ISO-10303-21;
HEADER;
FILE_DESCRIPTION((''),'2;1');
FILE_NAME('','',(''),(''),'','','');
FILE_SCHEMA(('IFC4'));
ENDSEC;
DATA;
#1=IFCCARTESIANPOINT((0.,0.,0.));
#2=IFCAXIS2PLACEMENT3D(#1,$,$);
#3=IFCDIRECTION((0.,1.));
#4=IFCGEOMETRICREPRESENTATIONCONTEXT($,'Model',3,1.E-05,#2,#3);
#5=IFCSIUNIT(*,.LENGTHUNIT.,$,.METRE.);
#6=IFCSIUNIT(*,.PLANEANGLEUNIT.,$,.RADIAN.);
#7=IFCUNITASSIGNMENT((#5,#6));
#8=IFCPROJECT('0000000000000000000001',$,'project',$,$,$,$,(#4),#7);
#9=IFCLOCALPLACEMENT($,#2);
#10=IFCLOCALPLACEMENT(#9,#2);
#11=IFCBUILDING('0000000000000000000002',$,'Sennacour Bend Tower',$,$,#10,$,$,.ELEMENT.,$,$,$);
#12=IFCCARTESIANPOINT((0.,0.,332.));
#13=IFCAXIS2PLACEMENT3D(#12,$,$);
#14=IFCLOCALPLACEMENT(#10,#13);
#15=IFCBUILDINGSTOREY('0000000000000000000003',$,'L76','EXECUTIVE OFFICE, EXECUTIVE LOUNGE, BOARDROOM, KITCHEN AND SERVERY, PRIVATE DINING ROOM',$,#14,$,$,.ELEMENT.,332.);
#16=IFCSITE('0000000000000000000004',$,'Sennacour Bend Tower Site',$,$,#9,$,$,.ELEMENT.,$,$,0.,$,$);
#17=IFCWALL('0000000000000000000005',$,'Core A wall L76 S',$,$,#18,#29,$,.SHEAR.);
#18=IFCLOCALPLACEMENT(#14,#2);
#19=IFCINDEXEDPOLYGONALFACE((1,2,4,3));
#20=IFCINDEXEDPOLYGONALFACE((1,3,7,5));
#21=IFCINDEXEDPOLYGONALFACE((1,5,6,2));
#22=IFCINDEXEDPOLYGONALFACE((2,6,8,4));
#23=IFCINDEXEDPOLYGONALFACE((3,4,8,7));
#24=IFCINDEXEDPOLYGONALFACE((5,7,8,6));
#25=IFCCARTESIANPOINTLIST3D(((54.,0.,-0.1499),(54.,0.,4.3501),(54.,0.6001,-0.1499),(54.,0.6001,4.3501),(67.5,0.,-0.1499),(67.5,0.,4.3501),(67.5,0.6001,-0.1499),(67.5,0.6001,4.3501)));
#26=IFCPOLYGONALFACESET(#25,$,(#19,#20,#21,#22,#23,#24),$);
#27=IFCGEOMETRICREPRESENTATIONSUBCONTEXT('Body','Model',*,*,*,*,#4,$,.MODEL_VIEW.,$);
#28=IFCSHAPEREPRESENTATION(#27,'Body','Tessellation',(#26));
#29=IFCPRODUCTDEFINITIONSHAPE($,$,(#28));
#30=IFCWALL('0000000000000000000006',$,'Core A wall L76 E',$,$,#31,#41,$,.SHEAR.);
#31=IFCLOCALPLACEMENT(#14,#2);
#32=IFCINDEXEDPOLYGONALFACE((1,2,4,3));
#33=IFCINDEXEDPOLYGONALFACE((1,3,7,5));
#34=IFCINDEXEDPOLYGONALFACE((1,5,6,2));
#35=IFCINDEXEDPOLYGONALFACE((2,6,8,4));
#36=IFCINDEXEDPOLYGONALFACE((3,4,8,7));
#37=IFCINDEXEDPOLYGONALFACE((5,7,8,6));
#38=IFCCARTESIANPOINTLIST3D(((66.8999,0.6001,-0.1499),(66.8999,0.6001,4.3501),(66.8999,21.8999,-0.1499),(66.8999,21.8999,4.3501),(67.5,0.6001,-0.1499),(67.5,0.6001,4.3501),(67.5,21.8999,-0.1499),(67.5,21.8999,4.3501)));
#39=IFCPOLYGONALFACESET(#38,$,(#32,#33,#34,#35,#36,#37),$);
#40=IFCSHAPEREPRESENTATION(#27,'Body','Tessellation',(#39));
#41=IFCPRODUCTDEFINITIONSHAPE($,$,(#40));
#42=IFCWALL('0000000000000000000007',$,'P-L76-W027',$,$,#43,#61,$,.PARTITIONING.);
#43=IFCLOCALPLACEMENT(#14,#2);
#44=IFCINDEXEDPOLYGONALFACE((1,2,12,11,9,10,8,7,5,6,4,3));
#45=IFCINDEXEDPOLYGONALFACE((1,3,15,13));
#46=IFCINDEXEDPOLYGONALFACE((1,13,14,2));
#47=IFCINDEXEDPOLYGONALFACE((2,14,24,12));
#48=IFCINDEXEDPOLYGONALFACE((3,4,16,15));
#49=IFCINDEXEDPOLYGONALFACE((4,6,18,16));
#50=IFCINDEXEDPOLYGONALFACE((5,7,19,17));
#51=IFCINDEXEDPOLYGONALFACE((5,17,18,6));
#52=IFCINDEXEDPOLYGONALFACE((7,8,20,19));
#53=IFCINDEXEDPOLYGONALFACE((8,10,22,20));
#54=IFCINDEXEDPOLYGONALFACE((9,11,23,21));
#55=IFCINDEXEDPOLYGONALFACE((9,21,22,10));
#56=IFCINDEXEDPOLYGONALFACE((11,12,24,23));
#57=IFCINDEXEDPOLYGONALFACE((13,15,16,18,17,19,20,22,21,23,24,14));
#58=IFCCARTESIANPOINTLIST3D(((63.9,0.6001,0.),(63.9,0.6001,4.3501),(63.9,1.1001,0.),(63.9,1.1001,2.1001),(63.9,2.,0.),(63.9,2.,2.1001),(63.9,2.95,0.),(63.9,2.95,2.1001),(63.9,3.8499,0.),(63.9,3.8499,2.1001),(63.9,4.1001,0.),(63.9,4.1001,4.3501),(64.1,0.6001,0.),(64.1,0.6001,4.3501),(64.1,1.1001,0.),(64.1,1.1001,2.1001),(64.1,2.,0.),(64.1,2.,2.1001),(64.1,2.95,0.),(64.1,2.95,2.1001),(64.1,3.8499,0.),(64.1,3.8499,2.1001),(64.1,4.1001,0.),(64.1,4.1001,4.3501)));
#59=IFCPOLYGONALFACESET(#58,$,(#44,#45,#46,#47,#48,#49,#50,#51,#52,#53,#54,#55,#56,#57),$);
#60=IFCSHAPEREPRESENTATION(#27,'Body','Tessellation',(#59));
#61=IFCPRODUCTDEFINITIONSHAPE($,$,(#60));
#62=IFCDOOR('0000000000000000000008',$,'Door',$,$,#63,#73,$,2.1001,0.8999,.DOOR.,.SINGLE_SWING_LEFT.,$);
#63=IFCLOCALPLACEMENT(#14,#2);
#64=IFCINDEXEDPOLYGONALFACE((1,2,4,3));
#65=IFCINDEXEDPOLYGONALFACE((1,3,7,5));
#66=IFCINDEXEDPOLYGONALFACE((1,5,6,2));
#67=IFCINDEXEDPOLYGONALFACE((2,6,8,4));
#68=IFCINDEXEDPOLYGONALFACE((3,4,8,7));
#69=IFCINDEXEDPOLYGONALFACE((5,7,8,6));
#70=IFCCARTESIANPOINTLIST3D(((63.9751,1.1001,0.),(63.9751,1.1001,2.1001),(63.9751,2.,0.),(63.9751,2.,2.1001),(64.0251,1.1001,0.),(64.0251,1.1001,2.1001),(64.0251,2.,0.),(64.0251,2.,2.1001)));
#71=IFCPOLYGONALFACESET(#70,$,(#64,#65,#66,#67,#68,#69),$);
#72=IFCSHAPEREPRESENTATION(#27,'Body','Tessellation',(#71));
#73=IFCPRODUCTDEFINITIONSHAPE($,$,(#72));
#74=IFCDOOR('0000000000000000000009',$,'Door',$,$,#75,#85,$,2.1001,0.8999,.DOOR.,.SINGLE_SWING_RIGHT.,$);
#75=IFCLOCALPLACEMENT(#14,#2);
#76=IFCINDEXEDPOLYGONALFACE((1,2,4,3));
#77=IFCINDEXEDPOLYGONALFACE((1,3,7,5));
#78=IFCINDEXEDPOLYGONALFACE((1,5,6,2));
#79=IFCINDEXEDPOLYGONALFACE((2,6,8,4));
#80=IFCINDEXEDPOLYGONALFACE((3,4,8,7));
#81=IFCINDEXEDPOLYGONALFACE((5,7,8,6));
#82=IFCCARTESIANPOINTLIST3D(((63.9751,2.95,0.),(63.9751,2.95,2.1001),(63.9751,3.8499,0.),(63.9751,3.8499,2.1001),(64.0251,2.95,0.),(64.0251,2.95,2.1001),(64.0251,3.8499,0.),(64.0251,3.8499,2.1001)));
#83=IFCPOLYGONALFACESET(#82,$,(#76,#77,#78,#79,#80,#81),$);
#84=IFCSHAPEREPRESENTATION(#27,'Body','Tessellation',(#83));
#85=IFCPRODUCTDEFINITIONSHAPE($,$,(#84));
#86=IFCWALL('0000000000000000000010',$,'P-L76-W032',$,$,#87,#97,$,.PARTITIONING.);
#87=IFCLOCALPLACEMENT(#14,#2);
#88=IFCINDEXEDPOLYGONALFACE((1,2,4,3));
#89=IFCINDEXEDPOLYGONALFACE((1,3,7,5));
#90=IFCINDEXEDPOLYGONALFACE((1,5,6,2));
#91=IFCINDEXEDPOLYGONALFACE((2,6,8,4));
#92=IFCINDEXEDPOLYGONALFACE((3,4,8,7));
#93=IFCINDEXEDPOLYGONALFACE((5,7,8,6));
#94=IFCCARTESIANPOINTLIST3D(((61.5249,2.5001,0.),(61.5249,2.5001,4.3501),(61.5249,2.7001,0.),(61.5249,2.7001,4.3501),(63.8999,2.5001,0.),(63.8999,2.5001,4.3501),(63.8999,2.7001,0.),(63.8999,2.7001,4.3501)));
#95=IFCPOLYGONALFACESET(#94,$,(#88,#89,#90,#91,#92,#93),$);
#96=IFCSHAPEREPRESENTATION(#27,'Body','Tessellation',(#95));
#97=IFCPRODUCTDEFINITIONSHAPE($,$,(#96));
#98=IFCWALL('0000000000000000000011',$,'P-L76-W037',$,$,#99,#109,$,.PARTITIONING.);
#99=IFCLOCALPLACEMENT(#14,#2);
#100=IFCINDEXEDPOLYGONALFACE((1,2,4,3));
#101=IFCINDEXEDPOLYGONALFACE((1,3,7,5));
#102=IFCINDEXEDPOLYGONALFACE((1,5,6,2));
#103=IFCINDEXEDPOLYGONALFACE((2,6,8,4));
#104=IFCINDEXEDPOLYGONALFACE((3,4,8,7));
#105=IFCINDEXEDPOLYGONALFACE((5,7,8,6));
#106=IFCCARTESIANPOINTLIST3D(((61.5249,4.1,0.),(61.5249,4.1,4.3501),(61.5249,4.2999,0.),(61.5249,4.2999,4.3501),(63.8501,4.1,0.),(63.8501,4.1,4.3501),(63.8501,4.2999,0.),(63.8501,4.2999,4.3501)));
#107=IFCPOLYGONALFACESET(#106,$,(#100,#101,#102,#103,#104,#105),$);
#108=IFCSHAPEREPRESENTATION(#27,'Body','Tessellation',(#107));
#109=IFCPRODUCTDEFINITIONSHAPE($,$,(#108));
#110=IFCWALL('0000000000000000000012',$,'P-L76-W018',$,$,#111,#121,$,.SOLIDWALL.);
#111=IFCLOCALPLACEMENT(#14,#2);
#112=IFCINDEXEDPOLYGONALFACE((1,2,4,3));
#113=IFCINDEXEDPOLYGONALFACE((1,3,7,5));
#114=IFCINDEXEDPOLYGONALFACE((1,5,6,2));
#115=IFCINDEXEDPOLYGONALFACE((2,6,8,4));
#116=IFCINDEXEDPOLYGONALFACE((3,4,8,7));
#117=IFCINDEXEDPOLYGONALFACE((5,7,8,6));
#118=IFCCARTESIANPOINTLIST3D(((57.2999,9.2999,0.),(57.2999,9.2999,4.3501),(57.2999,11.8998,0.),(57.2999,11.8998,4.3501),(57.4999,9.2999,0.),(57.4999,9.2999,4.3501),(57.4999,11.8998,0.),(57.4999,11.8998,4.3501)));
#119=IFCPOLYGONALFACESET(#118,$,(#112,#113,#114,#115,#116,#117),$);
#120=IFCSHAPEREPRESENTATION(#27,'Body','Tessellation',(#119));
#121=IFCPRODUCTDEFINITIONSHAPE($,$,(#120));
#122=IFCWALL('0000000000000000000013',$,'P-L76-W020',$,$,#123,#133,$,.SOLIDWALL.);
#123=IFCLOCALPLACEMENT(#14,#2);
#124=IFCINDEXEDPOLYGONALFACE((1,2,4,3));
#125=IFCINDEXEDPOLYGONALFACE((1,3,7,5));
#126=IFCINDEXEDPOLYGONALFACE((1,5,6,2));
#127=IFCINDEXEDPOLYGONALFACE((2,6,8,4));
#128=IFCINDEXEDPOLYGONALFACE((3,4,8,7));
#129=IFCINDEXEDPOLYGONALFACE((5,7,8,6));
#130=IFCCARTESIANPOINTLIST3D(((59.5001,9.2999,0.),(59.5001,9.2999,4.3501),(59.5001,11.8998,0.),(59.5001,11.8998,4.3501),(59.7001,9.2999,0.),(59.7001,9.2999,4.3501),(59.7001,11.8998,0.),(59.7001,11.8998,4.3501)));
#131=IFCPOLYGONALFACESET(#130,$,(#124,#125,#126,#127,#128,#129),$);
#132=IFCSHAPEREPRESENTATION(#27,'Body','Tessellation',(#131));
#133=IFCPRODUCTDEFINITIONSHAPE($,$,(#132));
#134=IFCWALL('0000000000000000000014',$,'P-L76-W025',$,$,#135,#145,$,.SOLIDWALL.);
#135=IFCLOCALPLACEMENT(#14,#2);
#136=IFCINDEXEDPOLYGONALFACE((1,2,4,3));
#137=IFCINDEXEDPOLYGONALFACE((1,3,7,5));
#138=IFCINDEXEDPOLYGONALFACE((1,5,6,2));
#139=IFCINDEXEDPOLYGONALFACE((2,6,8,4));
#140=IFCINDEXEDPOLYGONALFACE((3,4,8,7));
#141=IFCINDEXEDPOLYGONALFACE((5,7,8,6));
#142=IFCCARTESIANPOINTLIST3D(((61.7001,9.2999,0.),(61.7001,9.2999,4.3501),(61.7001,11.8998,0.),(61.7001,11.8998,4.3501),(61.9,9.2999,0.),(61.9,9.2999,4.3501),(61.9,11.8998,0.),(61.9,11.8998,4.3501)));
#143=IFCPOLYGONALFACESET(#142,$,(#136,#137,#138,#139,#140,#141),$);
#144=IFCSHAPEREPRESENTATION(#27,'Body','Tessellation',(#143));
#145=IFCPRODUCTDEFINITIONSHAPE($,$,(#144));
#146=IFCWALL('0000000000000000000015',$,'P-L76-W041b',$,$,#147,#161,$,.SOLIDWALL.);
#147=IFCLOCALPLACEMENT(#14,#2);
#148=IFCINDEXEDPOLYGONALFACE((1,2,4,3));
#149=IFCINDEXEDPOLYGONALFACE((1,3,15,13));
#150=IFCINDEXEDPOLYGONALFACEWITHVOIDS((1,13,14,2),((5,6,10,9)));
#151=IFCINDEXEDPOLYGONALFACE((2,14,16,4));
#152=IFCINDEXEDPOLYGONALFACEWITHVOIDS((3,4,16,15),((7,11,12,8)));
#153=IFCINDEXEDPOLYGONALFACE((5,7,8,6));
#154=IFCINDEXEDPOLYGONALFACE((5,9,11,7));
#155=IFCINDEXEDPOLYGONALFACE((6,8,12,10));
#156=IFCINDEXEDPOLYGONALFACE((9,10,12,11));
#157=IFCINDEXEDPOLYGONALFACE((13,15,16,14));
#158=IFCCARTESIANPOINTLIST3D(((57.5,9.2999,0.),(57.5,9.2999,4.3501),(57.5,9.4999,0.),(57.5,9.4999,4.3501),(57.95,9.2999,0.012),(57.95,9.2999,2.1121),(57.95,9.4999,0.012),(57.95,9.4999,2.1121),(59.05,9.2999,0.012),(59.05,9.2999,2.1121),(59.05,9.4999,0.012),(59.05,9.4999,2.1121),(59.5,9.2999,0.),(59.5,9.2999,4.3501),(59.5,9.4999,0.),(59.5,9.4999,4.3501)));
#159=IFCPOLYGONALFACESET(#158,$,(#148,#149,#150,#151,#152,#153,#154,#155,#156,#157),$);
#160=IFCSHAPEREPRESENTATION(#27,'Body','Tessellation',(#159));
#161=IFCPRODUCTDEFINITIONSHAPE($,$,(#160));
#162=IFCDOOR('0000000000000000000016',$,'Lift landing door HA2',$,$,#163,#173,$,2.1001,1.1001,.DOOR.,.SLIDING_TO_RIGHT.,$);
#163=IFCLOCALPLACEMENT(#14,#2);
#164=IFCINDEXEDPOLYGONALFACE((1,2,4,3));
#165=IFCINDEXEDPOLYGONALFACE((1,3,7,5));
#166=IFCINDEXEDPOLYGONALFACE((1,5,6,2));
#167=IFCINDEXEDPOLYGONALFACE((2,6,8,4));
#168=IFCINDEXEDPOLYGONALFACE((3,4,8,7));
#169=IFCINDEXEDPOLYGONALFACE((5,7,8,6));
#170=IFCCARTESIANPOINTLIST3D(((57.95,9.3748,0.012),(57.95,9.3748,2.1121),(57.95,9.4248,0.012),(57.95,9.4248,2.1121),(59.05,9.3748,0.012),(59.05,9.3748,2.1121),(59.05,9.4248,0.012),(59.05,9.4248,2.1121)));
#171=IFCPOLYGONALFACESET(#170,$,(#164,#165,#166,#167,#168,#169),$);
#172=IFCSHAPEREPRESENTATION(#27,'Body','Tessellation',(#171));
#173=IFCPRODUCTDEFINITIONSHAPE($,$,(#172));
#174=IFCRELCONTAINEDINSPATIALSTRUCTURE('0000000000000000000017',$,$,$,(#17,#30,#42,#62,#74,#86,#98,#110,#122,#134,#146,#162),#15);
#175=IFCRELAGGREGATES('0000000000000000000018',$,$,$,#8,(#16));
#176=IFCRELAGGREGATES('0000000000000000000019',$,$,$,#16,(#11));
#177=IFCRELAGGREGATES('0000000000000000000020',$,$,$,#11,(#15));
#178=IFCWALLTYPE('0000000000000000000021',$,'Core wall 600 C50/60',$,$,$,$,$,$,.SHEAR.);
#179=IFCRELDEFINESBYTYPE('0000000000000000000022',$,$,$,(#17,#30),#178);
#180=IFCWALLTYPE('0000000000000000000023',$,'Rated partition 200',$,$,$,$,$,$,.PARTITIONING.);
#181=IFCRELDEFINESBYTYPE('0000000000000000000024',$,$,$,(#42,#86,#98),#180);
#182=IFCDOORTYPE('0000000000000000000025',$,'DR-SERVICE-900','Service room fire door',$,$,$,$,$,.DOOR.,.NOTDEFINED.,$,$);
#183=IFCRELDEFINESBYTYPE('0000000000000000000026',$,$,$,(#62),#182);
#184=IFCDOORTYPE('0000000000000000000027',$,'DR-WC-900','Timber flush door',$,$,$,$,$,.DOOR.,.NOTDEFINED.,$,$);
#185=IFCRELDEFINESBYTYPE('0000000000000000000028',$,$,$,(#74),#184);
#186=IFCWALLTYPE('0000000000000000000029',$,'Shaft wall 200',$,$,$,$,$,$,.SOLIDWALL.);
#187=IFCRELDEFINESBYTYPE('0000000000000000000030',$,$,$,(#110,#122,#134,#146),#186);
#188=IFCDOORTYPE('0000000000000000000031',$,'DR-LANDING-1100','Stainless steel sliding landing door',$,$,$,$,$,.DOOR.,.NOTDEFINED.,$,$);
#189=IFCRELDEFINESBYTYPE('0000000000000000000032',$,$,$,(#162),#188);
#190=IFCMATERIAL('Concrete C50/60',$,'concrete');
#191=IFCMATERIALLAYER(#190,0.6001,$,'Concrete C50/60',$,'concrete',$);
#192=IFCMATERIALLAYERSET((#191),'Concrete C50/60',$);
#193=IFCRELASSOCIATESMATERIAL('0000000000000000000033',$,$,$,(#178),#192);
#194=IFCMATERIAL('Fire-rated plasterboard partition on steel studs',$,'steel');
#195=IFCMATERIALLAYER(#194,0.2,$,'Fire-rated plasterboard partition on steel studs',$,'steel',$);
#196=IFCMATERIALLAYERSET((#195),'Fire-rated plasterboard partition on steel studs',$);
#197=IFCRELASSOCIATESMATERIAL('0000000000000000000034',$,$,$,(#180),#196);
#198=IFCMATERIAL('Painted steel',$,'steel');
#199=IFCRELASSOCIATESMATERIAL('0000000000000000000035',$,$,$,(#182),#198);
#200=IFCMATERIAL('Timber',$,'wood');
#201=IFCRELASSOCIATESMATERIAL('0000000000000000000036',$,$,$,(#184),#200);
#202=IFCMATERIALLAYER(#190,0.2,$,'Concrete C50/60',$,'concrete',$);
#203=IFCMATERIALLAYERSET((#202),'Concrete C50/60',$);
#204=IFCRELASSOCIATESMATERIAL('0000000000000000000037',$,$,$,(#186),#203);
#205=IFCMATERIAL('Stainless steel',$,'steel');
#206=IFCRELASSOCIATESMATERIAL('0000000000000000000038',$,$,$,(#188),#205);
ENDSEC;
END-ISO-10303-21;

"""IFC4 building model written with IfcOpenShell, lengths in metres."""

from ifc_helpers import new_model, si_unit, direction, frame, frame_2d, origin, place, context, subcontext, project, spatial, rectangle, extrude, material, layer, layer_set, type_object, element, fill, save


model = new_model("IFC4")

# Units and contexts
model_context = context("Model", 3, precision=1e-05, world=origin(), true_north=direction((0.0, 1.0)))
body_context = subcontext(model_context, "Body", "Model", "MODEL_VIEW")
ifc_project = project(units=[si_unit("LENGTHUNIT", "METRE"), si_unit("PLANEANGLEUNIT", "RADIAN")], contexts=[model_context])

# Site, building, storey
site_placement = place(None, origin())
site = spatial("IfcSite", under=ifc_project, at=site_placement, Name="Sennacour Bend Tower Site", CompositionType="ELEMENT", RefElevation=0.0)
building_placement = place(site_placement, origin())
building = spatial("IfcBuilding", under=site, at=building_placement, Name="Sennacour Bend Tower", CompositionType="ELEMENT")
storey_placement = place(building_placement, frame((0.0, 0.0, 332.0)))
storey = spatial("IfcBuildingStorey", under=building, at=storey_placement, Name="L76", Description="EXECUTIVE OFFICE, EXECUTIVE LOUNGE, BOARDROOM, KITCHEN AND SERVERY, PRIVATE DINING ROOM", CompositionType="ELEMENT", Elevation=332.0)

# Walls
ifc_material_1 = material(Name="Concrete C50/60", Category="concrete")
ifc_layer_1 = layer(ifc_material_1, 0.6001, Name="Concrete C50/60", Category="concrete")
ifc_layer_set_1 = layer_set([ifc_layer_1], Name="Concrete C50/60")
wall_type_1 = type_object("IfcWallType", Name="Core wall 600 C50/60", PredefinedType="SHEAR", material=ifc_layer_set_1)
wall_1_placement = place(storey_placement, frame((67.5, 0.3, -0.1499), z_axis=(0.0, 0.0, 1.0), x_axis=(-1.0, 0.0, 0.0)))
element("IfcWall", 1, at=wall_1_placement, inside=storey, type_object=wall_type_1, Name="Core A wall L76 S", PredefinedType="SHEAR", context=body_context, shape_type="SweptSolid", body=[
    extrude(rectangle(XDim=13.5, YDim=0.6001, at=frame_2d((6.75, 0.0))), origin(), (0.0, 0.0, 1.0), 4.5),
])
wall_2_placement = place(storey_placement, frame((67.2, 0.6001, -0.1499), z_axis=(0.0, 0.0, 1.0), x_axis=(0.0, 1.0, 0.0)))
element("IfcWall", 2, at=wall_2_placement, inside=storey, type_object=wall_type_1, Name="Core A wall L76 E", PredefinedType="SHEAR", context=body_context, shape_type="SweptSolid", body=[
    extrude(rectangle(XDim=21.2998, YDim=0.6001, at=frame_2d((10.6499, 0.0))), origin(), (0.0, 0.0, 1.0), 4.5),
])

# Wall, openings, doors
ifc_material_2 = material(Name="Fire-rated plasterboard partition on steel studs", Category="steel")
ifc_layer_2 = layer(ifc_material_2, 0.2, Name="Fire-rated plasterboard partition on steel studs", Category="steel")
ifc_layer_set_2 = layer_set([ifc_layer_2], Name="Fire-rated plasterboard partition on steel studs")
wall_type_2 = type_object("IfcWallType", Name="Rated partition 200", PredefinedType="PARTITIONING", material=ifc_layer_set_2)
wall_3_placement = place(storey_placement, frame((64.0, 0.6001, 0.0), z_axis=(0.0, 0.0, 1.0), x_axis=(0.0, 1.0, 0.0)))
wall_3 = element("IfcWall", 3, at=wall_3_placement, inside=storey, type_object=wall_type_2, Name="P-L76-W027", PredefinedType="PARTITIONING", context=body_context, shape_type="SweptSolid", body=[
    extrude(rectangle(XDim=3.5, YDim=0.2, at=frame_2d((1.75, 0.0))), origin(), (0.0, 0.0, 1.0), 4.3501),
])
opening_1_placement = place(wall_3_placement, frame((0.5, 0.0, 0.0)))
opening_1 = element("IfcOpeningElement", 4, at=opening_1_placement, cuts=wall_3, PredefinedType="OPENING", context=body_context, shape_type="SweptSolid", body=[
    extrude(rectangle(XDim=0.8999, YDim=2.1001, at=frame_2d((0.45, 1.05))), frame((0.0, 0.1099, 0.0), z_axis=(0.0, -1.0, 0.0), x_axis=(1.0, 0.0, 0.0)), (0.0, 0.0, 1.0), 0.22),
])
opening_2_placement = place(wall_3_placement, frame((2.3499, 0.0, 0.0)))
opening_2 = element("IfcOpeningElement", 5, at=opening_2_placement, cuts=wall_3, PredefinedType="OPENING", context=body_context, shape_type="SweptSolid", body=[
    extrude(rectangle(XDim=0.8999, YDim=2.1001, at=frame_2d((0.45, 1.05))), frame((0.0, 0.1099, 0.0), z_axis=(0.0, -1.0, 0.0), x_axis=(1.0, 0.0, 0.0)), (0.0, 0.0, 1.0), 0.22),
])
ifc_material_3 = material(Name="Painted steel", Category="steel")
door_type_1 = type_object("IfcDoorType", Name="DR-SERVICE-900", Description="Service room fire door", OperationType="NOTDEFINED", PredefinedType="DOOR", material=ifc_material_3)
door_1_placement = place(opening_1_placement, origin())
door_1 = element("IfcDoor", 6, at=door_1_placement, inside=storey, type_object=door_type_1, Name="Door", OperationType="SINGLE_SWING_LEFT", OverallHeight=2.1001, OverallWidth=0.8999, PredefinedType="DOOR", context=body_context, shape_type="SweptSolid", body=[
    extrude(rectangle(XDim=0.8999, YDim=2.1001, at=frame_2d((0.45, 1.05))), frame((0.0, 0.0249, 0.0), z_axis=(0.0, -1.0, 0.0), x_axis=(1.0, 0.0, 0.0)), (0.0, 0.0, 1.0), 0.05),
])
fill(opening_1, door_1)
ifc_material_4 = material(Name="Timber", Category="wood")
door_type_2 = type_object("IfcDoorType", Name="DR-WC-900", Description="Timber flush door", OperationType="NOTDEFINED", PredefinedType="DOOR", material=ifc_material_4)
door_2_placement = place(opening_2_placement, origin())
door_2 = element("IfcDoor", 7, at=door_2_placement, inside=storey, type_object=door_type_2, Name="Door", OperationType="SINGLE_SWING_RIGHT", OverallHeight=2.1001, OverallWidth=0.8999, PredefinedType="DOOR", context=body_context, shape_type="SweptSolid", body=[
    extrude(rectangle(XDim=0.8999, YDim=2.1001, at=frame_2d((0.45, 1.05))), frame((0.0, 0.0249, 0.0), z_axis=(0.0, -1.0, 0.0), x_axis=(1.0, 0.0, 0.0)), (0.0, 0.0, 1.0), 0.05),
])
fill(opening_2, door_2)

# Walls
wall_4_placement = place(storey_placement, frame((61.5249, 2.6001, 0.0), z_axis=(0.0, 0.0, 1.0), x_axis=(1.0, 0.0, 0.0)))
element("IfcWall", 8, at=wall_4_placement, inside=storey, type_object=wall_type_2, Name="P-L76-W032", PredefinedType="PARTITIONING", context=body_context, shape_type="SweptSolid", body=[
    extrude(rectangle(XDim=2.375, YDim=0.2, at=frame_2d((1.1875, 0.0))), origin(), (0.0, 0.0, 1.0), 4.3501),
])
wall_5_placement = place(storey_placement, frame((61.5249, 4.2, 0.0), z_axis=(0.0, 0.0, 1.0), x_axis=(1.0, 0.0, 0.0)))
element("IfcWall", 9, at=wall_5_placement, inside=storey, type_object=wall_type_2, Name="P-L76-W037", PredefinedType="PARTITIONING", context=body_context, shape_type="SweptSolid", body=[
    extrude(rectangle(XDim=2.3252, YDim=0.2, at=frame_2d((1.1626, 0.0))), origin(), (0.0, 0.0, 1.0), 4.3501),
])
ifc_layer_3 = layer(ifc_material_1, 0.2, Name="Concrete C50/60", Category="concrete")
ifc_layer_set_3 = layer_set([ifc_layer_3], Name="Concrete C50/60")
wall_type_3 = type_object("IfcWallType", Name="Shaft wall 200", PredefinedType="SOLIDWALL", material=ifc_layer_set_3)
for number, where, z_axis, x_axis, name in (
    (10, (57.3999, 9.3, 0.0), (0.0, 0.0, 1.0), (0.0, 1.0, 0.0), "P-L76-W018"),
    (11, (59.6001, 9.3, 0.0), (0.0, 0.0, 1.0), (0.0, 1.0, 0.0), "P-L76-W020"),
    (12, (61.8, 9.3, 0.0), (0.0, 0.0, 1.0), (0.0, 1.0, 0.0), "P-L76-W025"),
):
    element("IfcWall", number, at=place(storey_placement, frame(where, z_axis=z_axis, x_axis=x_axis)), inside=storey, type_object=wall_type_3, Name=name, PredefinedType="SOLIDWALL", context=body_context, shape_type="SweptSolid", body=[
        extrude(rectangle(XDim=2.5999, YDim=0.2, at=frame_2d((1.2998, 0.0))), origin(), (0.0, 0.0, 1.0), 4.3501),
    ])

# Wall, opening, door
wall_6_placement = place(storey_placement, frame((57.5, 9.3999, 0.0), z_axis=(0.0, 0.0, 1.0), x_axis=(1.0, 0.0, 0.0)))
wall_6 = element("IfcWall", 13, at=wall_6_placement, inside=storey, type_object=wall_type_3, Name="P-L76-W041b", PredefinedType="SOLIDWALL", context=body_context, shape_type="SweptSolid", body=[
    extrude(rectangle(XDim=2.0, YDim=0.2, at=frame_2d((1.0, 0.0))), origin(), (0.0, 0.0, 1.0), 4.3501),
])
opening_3_placement = place(wall_6_placement, frame((0.45, 0.0, 0.012)))
opening_3 = element("IfcOpeningElement", 14, at=opening_3_placement, cuts=wall_6, PredefinedType="OPENING", context=body_context, shape_type="SweptSolid", body=[
    extrude(rectangle(XDim=1.1001, YDim=2.1001, at=frame_2d((0.55, 1.05))), frame((0.0, 0.1099, 0.0), z_axis=(0.0, -1.0, 0.0), x_axis=(1.0, 0.0, 0.0)), (0.0, 0.0, 1.0), 0.22),
])
ifc_material_5 = material(Name="Stainless steel", Category="steel")
door_type_3 = type_object("IfcDoorType", Name="DR-LANDING-1100", Description="Stainless steel sliding landing door", OperationType="NOTDEFINED", PredefinedType="DOOR", material=ifc_material_5)
door_3_placement = place(opening_3_placement, origin())
door_3 = element("IfcDoor", 15, at=door_3_placement, inside=storey, type_object=door_type_3, Name="Lift landing door HA2", OperationType="SLIDING_TO_RIGHT", OverallHeight=2.1001, OverallWidth=1.1001, PredefinedType="DOOR", context=body_context, shape_type="SweptSolid", body=[
    extrude(rectangle(XDim=1.1001, YDim=2.1001, at=frame_2d((0.55, 1.05))), frame((0.0, 0.0249, 0.0), z_axis=(0.0, -1.0, 0.0), x_axis=(1.0, 0.0, 0.0)), (0.0, 0.0, 1.0), 0.05),
])
fill(opening_3, door_3)

save(model, "model.ifc")
